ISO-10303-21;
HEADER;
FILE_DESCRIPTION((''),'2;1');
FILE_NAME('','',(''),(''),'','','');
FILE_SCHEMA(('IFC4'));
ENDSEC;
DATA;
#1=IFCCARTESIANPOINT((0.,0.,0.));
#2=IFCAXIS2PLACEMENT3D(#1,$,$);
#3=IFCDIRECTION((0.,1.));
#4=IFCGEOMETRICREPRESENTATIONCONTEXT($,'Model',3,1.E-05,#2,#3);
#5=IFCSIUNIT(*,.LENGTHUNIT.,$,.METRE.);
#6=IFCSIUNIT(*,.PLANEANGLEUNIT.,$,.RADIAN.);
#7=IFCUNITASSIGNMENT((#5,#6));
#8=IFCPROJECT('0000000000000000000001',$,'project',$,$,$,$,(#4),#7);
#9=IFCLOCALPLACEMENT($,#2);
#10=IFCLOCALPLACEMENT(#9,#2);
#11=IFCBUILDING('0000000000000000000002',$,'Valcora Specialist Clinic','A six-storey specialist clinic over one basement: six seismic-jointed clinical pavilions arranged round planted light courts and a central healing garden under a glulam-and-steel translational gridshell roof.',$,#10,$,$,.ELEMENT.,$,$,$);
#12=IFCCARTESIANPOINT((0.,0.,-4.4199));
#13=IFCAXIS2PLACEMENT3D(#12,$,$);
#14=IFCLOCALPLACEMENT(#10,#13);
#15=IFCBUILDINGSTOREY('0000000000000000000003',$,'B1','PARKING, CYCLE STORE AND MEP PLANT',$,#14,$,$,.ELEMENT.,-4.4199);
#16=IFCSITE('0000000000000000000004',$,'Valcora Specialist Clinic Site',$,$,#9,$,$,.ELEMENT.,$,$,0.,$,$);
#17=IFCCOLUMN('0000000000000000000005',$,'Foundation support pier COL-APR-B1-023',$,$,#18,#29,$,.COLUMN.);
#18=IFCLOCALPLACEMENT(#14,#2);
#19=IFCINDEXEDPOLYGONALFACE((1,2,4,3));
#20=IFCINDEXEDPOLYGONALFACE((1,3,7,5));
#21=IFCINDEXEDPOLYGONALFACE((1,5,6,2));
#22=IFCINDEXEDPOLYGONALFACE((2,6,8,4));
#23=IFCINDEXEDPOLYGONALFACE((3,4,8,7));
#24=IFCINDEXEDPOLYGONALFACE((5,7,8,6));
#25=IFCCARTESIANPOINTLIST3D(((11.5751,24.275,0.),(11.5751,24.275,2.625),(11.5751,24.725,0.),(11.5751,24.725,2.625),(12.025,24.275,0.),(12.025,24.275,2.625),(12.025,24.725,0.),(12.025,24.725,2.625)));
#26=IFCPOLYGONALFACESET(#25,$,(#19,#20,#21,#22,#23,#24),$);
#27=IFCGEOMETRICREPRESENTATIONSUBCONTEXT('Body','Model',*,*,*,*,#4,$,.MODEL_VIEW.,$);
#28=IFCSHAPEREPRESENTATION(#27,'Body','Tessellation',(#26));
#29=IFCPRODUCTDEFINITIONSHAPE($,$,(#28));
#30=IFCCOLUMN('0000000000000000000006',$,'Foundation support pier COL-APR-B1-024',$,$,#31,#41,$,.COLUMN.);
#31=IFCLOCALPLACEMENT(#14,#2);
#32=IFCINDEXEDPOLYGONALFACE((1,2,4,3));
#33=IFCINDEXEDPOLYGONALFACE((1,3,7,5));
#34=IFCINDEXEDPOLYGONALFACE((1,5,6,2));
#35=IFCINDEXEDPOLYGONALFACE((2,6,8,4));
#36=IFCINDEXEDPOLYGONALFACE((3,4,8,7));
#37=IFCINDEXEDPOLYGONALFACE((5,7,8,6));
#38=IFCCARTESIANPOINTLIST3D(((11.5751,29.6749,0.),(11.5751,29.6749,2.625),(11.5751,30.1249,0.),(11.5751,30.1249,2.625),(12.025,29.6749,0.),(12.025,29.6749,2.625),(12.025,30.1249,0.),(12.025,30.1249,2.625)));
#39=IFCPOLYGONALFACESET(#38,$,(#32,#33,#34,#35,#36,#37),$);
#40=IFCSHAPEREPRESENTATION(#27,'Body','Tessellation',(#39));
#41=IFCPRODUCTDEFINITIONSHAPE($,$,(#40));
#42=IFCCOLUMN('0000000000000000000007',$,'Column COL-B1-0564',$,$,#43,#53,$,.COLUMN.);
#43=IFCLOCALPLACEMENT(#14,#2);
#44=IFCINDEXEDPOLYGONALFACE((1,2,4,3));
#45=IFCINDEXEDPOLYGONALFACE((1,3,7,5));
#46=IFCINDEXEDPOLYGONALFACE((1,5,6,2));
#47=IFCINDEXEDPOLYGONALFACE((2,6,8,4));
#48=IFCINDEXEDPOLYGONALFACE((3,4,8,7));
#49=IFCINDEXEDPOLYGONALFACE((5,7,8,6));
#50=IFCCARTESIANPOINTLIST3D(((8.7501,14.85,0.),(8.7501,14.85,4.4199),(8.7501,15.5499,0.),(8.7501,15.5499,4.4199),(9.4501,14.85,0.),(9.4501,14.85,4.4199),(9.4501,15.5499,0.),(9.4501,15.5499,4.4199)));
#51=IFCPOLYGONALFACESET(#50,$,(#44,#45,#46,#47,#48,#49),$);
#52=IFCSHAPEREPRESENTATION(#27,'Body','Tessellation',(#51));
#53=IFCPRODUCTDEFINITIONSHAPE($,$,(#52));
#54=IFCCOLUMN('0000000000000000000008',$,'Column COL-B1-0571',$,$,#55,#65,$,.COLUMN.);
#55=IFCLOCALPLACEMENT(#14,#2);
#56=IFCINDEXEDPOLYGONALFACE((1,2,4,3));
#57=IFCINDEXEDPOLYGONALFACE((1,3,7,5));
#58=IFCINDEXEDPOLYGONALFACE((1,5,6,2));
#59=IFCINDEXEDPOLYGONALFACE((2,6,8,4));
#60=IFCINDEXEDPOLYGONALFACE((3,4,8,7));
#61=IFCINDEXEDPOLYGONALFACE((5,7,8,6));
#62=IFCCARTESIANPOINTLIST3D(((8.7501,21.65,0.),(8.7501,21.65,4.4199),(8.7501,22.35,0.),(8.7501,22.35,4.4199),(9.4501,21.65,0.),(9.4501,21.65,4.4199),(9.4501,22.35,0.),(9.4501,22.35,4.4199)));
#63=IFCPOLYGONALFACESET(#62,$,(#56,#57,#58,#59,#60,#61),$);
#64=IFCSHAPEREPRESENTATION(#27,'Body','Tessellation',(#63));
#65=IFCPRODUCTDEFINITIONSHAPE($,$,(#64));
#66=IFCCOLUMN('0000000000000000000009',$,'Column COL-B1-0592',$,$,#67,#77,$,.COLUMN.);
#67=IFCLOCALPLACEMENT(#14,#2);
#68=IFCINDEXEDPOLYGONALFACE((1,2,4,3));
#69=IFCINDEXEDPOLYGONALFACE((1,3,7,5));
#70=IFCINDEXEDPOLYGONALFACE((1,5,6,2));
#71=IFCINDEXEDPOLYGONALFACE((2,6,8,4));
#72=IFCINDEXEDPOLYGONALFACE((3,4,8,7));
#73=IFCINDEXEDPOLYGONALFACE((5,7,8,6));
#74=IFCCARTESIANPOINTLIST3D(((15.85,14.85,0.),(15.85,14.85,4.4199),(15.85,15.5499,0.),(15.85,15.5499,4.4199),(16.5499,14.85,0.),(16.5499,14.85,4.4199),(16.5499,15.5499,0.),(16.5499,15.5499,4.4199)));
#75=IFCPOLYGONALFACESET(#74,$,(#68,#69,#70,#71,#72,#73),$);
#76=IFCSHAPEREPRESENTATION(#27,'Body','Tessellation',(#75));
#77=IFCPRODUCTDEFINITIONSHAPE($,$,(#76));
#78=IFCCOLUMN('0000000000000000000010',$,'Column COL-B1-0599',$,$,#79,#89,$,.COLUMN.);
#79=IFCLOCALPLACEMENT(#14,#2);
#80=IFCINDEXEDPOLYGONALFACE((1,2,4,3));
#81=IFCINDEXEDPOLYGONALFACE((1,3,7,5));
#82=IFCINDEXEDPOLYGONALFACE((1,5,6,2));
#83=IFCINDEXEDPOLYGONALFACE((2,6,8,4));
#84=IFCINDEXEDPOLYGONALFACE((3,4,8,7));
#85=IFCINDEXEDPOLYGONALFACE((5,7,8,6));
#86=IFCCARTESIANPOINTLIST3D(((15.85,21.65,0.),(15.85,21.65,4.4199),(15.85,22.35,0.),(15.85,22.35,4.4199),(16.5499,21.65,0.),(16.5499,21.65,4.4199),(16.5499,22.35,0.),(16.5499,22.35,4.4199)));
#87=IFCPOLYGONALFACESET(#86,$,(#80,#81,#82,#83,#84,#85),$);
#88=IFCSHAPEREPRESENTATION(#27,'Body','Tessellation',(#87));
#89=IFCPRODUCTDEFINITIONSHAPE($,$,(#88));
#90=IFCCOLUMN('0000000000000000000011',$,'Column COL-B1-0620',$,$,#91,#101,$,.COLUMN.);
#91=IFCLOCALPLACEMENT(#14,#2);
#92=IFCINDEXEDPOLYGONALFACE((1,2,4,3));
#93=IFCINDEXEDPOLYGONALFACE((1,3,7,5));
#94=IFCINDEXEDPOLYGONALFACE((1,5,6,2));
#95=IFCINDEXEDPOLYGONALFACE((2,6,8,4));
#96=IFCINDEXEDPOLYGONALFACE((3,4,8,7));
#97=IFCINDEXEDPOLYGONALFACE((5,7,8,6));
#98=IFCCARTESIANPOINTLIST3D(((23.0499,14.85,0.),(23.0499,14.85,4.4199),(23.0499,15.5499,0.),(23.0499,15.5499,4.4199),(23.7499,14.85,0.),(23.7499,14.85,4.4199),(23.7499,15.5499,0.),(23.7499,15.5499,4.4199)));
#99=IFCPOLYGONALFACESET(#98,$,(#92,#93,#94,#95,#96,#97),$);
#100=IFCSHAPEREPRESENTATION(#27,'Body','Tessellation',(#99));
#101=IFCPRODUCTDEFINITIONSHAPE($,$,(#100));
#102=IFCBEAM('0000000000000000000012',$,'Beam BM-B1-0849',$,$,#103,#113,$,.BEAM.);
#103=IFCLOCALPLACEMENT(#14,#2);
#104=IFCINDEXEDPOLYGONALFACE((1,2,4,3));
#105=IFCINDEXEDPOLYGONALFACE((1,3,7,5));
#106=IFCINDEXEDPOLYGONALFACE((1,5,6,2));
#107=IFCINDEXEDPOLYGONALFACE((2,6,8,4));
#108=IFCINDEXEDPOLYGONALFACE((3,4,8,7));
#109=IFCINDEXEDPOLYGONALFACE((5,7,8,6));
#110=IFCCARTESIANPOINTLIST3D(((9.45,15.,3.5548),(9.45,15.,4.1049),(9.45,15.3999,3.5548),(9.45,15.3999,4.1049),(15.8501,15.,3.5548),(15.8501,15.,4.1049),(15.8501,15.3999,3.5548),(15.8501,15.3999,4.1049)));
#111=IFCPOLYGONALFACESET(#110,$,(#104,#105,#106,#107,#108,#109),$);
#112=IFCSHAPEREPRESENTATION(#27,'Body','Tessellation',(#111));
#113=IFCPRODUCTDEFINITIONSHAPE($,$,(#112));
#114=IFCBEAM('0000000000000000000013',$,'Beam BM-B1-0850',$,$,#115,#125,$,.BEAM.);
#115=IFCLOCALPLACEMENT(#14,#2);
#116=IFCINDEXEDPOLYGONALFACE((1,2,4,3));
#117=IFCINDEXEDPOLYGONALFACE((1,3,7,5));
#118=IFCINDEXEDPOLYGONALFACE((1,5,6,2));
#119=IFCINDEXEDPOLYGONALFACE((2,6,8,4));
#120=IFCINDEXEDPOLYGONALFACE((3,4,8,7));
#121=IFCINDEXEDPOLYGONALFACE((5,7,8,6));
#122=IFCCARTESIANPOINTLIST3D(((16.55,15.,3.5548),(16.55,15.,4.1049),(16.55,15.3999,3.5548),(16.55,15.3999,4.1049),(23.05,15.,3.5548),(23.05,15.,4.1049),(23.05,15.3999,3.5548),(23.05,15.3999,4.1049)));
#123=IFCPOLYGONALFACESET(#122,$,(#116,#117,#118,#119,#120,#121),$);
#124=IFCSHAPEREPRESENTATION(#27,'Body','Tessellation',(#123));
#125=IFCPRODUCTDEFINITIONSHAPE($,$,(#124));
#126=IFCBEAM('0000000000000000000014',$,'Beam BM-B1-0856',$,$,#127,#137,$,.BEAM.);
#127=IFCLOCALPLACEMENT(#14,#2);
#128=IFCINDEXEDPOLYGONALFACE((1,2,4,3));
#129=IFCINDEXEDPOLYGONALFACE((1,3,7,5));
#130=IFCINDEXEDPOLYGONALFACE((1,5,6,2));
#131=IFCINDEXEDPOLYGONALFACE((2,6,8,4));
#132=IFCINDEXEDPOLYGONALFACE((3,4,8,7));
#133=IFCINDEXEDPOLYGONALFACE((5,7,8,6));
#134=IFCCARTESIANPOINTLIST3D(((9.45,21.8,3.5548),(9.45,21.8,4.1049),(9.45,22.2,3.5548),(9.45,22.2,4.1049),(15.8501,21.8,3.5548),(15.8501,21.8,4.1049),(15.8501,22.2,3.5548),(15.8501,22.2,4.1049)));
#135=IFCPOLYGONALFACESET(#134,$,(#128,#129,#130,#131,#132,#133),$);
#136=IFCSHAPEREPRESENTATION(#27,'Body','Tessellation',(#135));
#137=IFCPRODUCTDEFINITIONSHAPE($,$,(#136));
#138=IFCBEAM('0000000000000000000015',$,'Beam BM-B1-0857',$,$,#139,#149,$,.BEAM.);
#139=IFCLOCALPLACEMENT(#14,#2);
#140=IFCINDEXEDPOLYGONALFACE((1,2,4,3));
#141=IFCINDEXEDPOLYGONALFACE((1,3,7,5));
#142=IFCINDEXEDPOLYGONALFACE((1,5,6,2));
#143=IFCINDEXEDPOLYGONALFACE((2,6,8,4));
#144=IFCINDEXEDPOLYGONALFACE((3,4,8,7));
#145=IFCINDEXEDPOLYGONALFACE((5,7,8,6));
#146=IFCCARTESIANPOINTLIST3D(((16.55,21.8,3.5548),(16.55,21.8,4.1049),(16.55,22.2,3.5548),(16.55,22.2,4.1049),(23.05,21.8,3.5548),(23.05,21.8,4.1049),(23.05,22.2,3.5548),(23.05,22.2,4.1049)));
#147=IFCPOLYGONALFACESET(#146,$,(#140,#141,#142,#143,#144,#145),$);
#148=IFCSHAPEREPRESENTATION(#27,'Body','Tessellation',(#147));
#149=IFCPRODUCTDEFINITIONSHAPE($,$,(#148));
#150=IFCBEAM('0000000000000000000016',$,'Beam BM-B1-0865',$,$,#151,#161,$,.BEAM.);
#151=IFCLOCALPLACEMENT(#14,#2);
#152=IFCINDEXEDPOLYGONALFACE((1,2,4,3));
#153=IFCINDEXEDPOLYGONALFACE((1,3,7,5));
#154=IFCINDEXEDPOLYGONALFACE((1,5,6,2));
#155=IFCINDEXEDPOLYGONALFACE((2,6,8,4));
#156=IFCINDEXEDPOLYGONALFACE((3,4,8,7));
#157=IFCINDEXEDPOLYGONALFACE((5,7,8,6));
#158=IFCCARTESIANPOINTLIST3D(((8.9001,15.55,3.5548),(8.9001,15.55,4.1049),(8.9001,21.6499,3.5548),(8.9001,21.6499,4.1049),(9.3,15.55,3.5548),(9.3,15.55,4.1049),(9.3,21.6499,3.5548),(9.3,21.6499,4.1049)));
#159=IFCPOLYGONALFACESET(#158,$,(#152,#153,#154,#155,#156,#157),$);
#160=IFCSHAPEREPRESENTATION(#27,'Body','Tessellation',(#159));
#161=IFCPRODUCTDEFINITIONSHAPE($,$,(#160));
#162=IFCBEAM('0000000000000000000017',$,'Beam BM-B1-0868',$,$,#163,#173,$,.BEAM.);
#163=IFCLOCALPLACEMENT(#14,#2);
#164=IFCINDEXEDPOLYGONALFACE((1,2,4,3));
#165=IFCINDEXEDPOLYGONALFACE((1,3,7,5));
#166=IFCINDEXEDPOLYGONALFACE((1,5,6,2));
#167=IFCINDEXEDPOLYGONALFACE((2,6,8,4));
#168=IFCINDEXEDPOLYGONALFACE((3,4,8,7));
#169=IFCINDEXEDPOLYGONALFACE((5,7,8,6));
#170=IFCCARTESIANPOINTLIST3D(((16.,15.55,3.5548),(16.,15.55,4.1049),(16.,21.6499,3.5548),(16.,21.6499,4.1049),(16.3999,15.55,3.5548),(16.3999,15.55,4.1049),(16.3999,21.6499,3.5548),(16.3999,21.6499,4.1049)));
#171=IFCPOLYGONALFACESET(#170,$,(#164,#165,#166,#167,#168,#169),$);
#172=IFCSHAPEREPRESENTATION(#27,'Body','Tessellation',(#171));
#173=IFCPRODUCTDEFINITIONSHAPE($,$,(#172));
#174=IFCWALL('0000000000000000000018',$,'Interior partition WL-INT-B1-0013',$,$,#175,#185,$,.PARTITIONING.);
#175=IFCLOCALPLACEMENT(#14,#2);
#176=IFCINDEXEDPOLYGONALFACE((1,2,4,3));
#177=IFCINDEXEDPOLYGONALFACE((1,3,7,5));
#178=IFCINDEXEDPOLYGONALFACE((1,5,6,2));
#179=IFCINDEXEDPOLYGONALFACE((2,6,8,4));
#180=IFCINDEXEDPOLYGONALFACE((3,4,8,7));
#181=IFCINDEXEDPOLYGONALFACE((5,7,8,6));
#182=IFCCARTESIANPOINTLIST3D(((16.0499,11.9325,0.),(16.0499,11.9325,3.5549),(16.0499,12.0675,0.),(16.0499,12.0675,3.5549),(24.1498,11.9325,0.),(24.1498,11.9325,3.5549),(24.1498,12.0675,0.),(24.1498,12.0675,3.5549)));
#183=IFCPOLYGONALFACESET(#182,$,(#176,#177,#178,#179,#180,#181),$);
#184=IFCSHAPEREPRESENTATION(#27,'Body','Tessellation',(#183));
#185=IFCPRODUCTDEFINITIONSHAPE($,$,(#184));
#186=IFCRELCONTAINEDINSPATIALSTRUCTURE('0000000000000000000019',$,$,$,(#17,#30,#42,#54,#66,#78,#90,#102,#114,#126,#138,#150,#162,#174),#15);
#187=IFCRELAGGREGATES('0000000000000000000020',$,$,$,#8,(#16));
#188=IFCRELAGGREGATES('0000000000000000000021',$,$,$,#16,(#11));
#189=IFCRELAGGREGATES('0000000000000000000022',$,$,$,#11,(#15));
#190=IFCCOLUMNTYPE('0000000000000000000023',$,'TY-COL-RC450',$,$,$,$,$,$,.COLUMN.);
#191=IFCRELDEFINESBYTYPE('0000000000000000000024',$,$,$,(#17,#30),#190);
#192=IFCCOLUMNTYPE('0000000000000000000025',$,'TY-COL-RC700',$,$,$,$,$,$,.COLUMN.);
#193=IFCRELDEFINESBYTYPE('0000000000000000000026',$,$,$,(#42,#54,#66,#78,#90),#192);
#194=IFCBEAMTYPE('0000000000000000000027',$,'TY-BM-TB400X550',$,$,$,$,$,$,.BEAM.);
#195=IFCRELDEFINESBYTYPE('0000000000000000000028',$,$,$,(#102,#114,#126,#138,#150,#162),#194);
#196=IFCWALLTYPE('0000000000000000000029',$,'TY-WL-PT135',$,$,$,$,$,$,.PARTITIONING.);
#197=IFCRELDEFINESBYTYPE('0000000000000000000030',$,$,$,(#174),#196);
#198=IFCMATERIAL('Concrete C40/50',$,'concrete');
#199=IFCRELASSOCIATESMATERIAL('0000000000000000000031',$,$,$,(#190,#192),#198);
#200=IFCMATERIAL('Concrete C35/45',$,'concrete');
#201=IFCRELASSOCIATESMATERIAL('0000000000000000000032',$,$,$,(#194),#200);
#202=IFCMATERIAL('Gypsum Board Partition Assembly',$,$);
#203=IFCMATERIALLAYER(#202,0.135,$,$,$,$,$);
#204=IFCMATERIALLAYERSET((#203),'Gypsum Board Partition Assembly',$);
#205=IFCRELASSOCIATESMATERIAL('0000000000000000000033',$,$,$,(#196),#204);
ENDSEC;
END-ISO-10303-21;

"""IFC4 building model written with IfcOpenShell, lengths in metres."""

from ifc_helpers import new_model, si_unit, direction, frame, frame_2d, origin, origin_2d, place, context, subcontext, project, spatial, rectangle, extrude, material, layer, layer_set, material_profile, profile_set, type_object, element, save


model = new_model("IFC4")

# Units and contexts
model_context = context("Model", 3, precision=1e-05, world=origin(), true_north=direction((0.0, 1.0)))
body_context = subcontext(model_context, "Body", "Model", "MODEL_VIEW")
ifc_project = project(units=[si_unit("LENGTHUNIT", "METRE"), si_unit("PLANEANGLEUNIT", "RADIAN")], contexts=[model_context])

# Site, building, storey
site_placement = place(None, origin())
site = spatial("IfcSite", under=ifc_project, at=site_placement, Name="Valcora Specialist Clinic Site", CompositionType="ELEMENT", RefElevation=0.0)
building_placement = place(site_placement, origin())
building = spatial("IfcBuilding", under=site, at=building_placement, Name="Valcora Specialist Clinic", Description="A six-storey specialist clinic over one basement: six seismic-jointed clinical pavilions arranged round planted light courts and a central healing garden under a glulam-and-steel translational gridshell roof.", CompositionType="ELEMENT")
storey_placement = place(building_placement, frame((0.0, 0.0, -4.4199)))
storey = spatial("IfcBuildingStorey", under=building, at=storey_placement, Name="B1", Description="PARKING, CYCLE STORE AND MEP PLANT", CompositionType="ELEMENT", Elevation=-4.4199)

# Shared definitions
ifc_material_1 = material(Name="Concrete C35/45", Category="concrete")

# Columns
ifc_material_2 = material(Name="Concrete C40/50", Category="concrete")
ifc_material_profile_1 = material_profile(ifc_material_2, rectangle(XDim=0.45, YDim=0.45, at=origin_2d()), Name="RC-COL-450X450")
ifc_profile_set_1 = profile_set([ifc_material_profile_1], Name="Concrete C40/50")
column_type_1 = type_object("IfcColumnType", Name="TY-COL-RC450", PredefinedType="COLUMN", material=ifc_profile_set_1)
for number, where, z_axis, x_axis, name in (
    (1, (11.8, 24.5, 0.0), (0.0, 0.0, 1.0), (1.0, 0.0, 0.0), "Foundation support pier COL-APR-B1-023"),
    (2, (11.8, 29.8999, 0.0), (0.0, 0.0, 1.0), (1.0, 0.0, 0.0), "Foundation support pier COL-APR-B1-024"),
):
    element("IfcColumn", number, at=place(storey_placement, frame(where, z_axis=z_axis, x_axis=x_axis)), inside=storey, type_object=column_type_1, Name=name, PredefinedType="COLUMN", context=body_context, shape_type="SweptSolid", body=[
        extrude(rectangle(XDim=0.45, YDim=0.45, at=origin_2d()), origin(), (0.0, 0.0, 1.0), 2.625),
    ])
ifc_material_profile_2 = material_profile(ifc_material_2, rectangle(XDim=0.7, YDim=0.7, at=origin_2d()), Name="RC-COL-700X700")
ifc_profile_set_2 = profile_set([ifc_material_profile_2], Name="Concrete C40/50")
column_type_2 = type_object("IfcColumnType", Name="TY-COL-RC700", PredefinedType="COLUMN", material=ifc_profile_set_2)
for number, where, z_axis, x_axis, name in (
    (3, (9.1001, 15.2, 0.0), (0.0, 0.0, 1.0), (1.0, 0.0, 0.0), "Column COL-B1-0564"),
    (4, (9.1001, 22.0, 0.0), (0.0, 0.0, 1.0), (1.0, 0.0, 0.0), "Column COL-B1-0571"),
    (5, (16.2, 15.2, 0.0), (0.0, 0.0, 1.0), (1.0, 0.0, 0.0), "Column COL-B1-0592"),
    (6, (16.2, 22.0, 0.0), (0.0, 0.0, 1.0), (1.0, 0.0, 0.0), "Column COL-B1-0599"),
    (7, (23.3999, 15.2, 0.0), (0.0, 0.0, 1.0), (1.0, 0.0, 0.0), "Column COL-B1-0620"),
):
    element("IfcColumn", number, at=place(storey_placement, frame(where, z_axis=z_axis, x_axis=x_axis)), inside=storey, type_object=column_type_2, Name=name, PredefinedType="COLUMN", context=body_context, shape_type="SweptSolid", body=[
        extrude(rectangle(XDim=0.7, YDim=0.7, at=origin_2d()), origin(), (0.0, 0.0, 1.0), 4.4199),
    ])

# Beams
ifc_material_profile_3 = material_profile(ifc_material_1, rectangle(XDim=0.3999, YDim=0.55, at=origin_2d()), Name="RC-TB-400X550")
ifc_profile_set_3 = profile_set([ifc_material_profile_3], Name="Concrete C35/45")
beam_type = type_object("IfcBeamType", Name="TY-BM-TB400X550", PredefinedType="BEAM", material=ifc_profile_set_3)
beam_1_placement = place(storey_placement, frame((9.45, 15.2, 3.8298), z_axis=(1.0, 0.0, 0.0), x_axis=(0.0, 1.0, 0.0)))
element("IfcBeam", 8, at=beam_1_placement, inside=storey, type_object=beam_type, Name="Beam BM-B1-0849", PredefinedType="BEAM", context=body_context, shape_type="SweptSolid", body=[
    extrude(rectangle(XDim=0.3999, YDim=0.55, at=origin_2d()), origin(), (0.0, 0.0, 1.0), 6.4001),
])
beam_2_placement = place(storey_placement, frame((16.55, 15.2, 3.8298), z_axis=(1.0, 0.0, 0.0), x_axis=(0.0, 1.0, 0.0)))
element("IfcBeam", 9, at=beam_2_placement, inside=storey, type_object=beam_type, Name="Beam BM-B1-0850", PredefinedType="BEAM", context=body_context, shape_type="SweptSolid", body=[
    extrude(rectangle(XDim=0.3999, YDim=0.55, at=origin_2d()), origin(), (0.0, 0.0, 1.0), 6.5),
])
beam_3_placement = place(storey_placement, frame((9.45, 22.0, 3.8298), z_axis=(1.0, 0.0, 0.0), x_axis=(0.0, 1.0, 0.0)))
element("IfcBeam", 10, at=beam_3_placement, inside=storey, type_object=beam_type, Name="Beam BM-B1-0856", PredefinedType="BEAM", context=body_context, shape_type="SweptSolid", body=[
    extrude(rectangle(XDim=0.3999, YDim=0.55, at=origin_2d()), origin(), (0.0, 0.0, 1.0), 6.4001),
])
beam_4_placement = place(storey_placement, frame((16.55, 22.0, 3.8298), z_axis=(1.0, 0.0, 0.0), x_axis=(0.0, 1.0, 0.0)))
element("IfcBeam", 11, at=beam_4_placement, inside=storey, type_object=beam_type, Name="Beam BM-B1-0857", PredefinedType="BEAM", context=body_context, shape_type="SweptSolid", body=[
    extrude(rectangle(XDim=0.3999, YDim=0.55, at=origin_2d()), origin(), (0.0, 0.0, 1.0), 6.5),
])
for number, where, z_axis, x_axis, name in (
    (12, (9.1001, 15.55, 3.8298), (0.0, 1.0, 0.0), (-1.0, 0.0, 0.0), "Beam BM-B1-0865"),
    (13, (16.2, 15.55, 3.8298), (0.0, 1.0, 0.0), (-1.0, 0.0, 0.0), "Beam BM-B1-0868"),
):
    element("IfcBeam", number, at=place(storey_placement, frame(where, z_axis=z_axis, x_axis=x_axis)), inside=storey, type_object=beam_type, Name=name, PredefinedType="BEAM", context=body_context, shape_type="SweptSolid", body=[
        extrude(rectangle(XDim=0.3999, YDim=0.55, at=origin_2d()), origin(), (0.0, 0.0, 1.0), 6.0999),
    ])

# Wall
ifc_material_3 = material(Name="Gypsum Board Partition Assembly")
ifc_layer = layer(ifc_material_3, 0.135)
ifc_layer_set = layer_set([ifc_layer], Name="Gypsum Board Partition Assembly")
wall_type = type_object("IfcWallType", Name="TY-WL-PT135", PredefinedType="PARTITIONING", material=ifc_layer_set)
wall_placement = place(storey_placement, frame((16.05, 12.0, 0.0), z_axis=(0.0, 0.0, 1.0), x_axis=(1.0, 0.0, 0.0)))
element("IfcWall", 14, at=wall_placement, inside=storey, type_object=wall_type, Name="Interior partition WL-INT-B1-0013", PredefinedType="PARTITIONING", context=body_context, shape_type="SweptSolid", body=[
    extrude(rectangle(XDim=8.0999, YDim=0.135, at=frame_2d((4.0498, 0.0))), origin(), (0.0, 0.0, 1.0), 3.5549),
])

save(model, "model.ifc")
